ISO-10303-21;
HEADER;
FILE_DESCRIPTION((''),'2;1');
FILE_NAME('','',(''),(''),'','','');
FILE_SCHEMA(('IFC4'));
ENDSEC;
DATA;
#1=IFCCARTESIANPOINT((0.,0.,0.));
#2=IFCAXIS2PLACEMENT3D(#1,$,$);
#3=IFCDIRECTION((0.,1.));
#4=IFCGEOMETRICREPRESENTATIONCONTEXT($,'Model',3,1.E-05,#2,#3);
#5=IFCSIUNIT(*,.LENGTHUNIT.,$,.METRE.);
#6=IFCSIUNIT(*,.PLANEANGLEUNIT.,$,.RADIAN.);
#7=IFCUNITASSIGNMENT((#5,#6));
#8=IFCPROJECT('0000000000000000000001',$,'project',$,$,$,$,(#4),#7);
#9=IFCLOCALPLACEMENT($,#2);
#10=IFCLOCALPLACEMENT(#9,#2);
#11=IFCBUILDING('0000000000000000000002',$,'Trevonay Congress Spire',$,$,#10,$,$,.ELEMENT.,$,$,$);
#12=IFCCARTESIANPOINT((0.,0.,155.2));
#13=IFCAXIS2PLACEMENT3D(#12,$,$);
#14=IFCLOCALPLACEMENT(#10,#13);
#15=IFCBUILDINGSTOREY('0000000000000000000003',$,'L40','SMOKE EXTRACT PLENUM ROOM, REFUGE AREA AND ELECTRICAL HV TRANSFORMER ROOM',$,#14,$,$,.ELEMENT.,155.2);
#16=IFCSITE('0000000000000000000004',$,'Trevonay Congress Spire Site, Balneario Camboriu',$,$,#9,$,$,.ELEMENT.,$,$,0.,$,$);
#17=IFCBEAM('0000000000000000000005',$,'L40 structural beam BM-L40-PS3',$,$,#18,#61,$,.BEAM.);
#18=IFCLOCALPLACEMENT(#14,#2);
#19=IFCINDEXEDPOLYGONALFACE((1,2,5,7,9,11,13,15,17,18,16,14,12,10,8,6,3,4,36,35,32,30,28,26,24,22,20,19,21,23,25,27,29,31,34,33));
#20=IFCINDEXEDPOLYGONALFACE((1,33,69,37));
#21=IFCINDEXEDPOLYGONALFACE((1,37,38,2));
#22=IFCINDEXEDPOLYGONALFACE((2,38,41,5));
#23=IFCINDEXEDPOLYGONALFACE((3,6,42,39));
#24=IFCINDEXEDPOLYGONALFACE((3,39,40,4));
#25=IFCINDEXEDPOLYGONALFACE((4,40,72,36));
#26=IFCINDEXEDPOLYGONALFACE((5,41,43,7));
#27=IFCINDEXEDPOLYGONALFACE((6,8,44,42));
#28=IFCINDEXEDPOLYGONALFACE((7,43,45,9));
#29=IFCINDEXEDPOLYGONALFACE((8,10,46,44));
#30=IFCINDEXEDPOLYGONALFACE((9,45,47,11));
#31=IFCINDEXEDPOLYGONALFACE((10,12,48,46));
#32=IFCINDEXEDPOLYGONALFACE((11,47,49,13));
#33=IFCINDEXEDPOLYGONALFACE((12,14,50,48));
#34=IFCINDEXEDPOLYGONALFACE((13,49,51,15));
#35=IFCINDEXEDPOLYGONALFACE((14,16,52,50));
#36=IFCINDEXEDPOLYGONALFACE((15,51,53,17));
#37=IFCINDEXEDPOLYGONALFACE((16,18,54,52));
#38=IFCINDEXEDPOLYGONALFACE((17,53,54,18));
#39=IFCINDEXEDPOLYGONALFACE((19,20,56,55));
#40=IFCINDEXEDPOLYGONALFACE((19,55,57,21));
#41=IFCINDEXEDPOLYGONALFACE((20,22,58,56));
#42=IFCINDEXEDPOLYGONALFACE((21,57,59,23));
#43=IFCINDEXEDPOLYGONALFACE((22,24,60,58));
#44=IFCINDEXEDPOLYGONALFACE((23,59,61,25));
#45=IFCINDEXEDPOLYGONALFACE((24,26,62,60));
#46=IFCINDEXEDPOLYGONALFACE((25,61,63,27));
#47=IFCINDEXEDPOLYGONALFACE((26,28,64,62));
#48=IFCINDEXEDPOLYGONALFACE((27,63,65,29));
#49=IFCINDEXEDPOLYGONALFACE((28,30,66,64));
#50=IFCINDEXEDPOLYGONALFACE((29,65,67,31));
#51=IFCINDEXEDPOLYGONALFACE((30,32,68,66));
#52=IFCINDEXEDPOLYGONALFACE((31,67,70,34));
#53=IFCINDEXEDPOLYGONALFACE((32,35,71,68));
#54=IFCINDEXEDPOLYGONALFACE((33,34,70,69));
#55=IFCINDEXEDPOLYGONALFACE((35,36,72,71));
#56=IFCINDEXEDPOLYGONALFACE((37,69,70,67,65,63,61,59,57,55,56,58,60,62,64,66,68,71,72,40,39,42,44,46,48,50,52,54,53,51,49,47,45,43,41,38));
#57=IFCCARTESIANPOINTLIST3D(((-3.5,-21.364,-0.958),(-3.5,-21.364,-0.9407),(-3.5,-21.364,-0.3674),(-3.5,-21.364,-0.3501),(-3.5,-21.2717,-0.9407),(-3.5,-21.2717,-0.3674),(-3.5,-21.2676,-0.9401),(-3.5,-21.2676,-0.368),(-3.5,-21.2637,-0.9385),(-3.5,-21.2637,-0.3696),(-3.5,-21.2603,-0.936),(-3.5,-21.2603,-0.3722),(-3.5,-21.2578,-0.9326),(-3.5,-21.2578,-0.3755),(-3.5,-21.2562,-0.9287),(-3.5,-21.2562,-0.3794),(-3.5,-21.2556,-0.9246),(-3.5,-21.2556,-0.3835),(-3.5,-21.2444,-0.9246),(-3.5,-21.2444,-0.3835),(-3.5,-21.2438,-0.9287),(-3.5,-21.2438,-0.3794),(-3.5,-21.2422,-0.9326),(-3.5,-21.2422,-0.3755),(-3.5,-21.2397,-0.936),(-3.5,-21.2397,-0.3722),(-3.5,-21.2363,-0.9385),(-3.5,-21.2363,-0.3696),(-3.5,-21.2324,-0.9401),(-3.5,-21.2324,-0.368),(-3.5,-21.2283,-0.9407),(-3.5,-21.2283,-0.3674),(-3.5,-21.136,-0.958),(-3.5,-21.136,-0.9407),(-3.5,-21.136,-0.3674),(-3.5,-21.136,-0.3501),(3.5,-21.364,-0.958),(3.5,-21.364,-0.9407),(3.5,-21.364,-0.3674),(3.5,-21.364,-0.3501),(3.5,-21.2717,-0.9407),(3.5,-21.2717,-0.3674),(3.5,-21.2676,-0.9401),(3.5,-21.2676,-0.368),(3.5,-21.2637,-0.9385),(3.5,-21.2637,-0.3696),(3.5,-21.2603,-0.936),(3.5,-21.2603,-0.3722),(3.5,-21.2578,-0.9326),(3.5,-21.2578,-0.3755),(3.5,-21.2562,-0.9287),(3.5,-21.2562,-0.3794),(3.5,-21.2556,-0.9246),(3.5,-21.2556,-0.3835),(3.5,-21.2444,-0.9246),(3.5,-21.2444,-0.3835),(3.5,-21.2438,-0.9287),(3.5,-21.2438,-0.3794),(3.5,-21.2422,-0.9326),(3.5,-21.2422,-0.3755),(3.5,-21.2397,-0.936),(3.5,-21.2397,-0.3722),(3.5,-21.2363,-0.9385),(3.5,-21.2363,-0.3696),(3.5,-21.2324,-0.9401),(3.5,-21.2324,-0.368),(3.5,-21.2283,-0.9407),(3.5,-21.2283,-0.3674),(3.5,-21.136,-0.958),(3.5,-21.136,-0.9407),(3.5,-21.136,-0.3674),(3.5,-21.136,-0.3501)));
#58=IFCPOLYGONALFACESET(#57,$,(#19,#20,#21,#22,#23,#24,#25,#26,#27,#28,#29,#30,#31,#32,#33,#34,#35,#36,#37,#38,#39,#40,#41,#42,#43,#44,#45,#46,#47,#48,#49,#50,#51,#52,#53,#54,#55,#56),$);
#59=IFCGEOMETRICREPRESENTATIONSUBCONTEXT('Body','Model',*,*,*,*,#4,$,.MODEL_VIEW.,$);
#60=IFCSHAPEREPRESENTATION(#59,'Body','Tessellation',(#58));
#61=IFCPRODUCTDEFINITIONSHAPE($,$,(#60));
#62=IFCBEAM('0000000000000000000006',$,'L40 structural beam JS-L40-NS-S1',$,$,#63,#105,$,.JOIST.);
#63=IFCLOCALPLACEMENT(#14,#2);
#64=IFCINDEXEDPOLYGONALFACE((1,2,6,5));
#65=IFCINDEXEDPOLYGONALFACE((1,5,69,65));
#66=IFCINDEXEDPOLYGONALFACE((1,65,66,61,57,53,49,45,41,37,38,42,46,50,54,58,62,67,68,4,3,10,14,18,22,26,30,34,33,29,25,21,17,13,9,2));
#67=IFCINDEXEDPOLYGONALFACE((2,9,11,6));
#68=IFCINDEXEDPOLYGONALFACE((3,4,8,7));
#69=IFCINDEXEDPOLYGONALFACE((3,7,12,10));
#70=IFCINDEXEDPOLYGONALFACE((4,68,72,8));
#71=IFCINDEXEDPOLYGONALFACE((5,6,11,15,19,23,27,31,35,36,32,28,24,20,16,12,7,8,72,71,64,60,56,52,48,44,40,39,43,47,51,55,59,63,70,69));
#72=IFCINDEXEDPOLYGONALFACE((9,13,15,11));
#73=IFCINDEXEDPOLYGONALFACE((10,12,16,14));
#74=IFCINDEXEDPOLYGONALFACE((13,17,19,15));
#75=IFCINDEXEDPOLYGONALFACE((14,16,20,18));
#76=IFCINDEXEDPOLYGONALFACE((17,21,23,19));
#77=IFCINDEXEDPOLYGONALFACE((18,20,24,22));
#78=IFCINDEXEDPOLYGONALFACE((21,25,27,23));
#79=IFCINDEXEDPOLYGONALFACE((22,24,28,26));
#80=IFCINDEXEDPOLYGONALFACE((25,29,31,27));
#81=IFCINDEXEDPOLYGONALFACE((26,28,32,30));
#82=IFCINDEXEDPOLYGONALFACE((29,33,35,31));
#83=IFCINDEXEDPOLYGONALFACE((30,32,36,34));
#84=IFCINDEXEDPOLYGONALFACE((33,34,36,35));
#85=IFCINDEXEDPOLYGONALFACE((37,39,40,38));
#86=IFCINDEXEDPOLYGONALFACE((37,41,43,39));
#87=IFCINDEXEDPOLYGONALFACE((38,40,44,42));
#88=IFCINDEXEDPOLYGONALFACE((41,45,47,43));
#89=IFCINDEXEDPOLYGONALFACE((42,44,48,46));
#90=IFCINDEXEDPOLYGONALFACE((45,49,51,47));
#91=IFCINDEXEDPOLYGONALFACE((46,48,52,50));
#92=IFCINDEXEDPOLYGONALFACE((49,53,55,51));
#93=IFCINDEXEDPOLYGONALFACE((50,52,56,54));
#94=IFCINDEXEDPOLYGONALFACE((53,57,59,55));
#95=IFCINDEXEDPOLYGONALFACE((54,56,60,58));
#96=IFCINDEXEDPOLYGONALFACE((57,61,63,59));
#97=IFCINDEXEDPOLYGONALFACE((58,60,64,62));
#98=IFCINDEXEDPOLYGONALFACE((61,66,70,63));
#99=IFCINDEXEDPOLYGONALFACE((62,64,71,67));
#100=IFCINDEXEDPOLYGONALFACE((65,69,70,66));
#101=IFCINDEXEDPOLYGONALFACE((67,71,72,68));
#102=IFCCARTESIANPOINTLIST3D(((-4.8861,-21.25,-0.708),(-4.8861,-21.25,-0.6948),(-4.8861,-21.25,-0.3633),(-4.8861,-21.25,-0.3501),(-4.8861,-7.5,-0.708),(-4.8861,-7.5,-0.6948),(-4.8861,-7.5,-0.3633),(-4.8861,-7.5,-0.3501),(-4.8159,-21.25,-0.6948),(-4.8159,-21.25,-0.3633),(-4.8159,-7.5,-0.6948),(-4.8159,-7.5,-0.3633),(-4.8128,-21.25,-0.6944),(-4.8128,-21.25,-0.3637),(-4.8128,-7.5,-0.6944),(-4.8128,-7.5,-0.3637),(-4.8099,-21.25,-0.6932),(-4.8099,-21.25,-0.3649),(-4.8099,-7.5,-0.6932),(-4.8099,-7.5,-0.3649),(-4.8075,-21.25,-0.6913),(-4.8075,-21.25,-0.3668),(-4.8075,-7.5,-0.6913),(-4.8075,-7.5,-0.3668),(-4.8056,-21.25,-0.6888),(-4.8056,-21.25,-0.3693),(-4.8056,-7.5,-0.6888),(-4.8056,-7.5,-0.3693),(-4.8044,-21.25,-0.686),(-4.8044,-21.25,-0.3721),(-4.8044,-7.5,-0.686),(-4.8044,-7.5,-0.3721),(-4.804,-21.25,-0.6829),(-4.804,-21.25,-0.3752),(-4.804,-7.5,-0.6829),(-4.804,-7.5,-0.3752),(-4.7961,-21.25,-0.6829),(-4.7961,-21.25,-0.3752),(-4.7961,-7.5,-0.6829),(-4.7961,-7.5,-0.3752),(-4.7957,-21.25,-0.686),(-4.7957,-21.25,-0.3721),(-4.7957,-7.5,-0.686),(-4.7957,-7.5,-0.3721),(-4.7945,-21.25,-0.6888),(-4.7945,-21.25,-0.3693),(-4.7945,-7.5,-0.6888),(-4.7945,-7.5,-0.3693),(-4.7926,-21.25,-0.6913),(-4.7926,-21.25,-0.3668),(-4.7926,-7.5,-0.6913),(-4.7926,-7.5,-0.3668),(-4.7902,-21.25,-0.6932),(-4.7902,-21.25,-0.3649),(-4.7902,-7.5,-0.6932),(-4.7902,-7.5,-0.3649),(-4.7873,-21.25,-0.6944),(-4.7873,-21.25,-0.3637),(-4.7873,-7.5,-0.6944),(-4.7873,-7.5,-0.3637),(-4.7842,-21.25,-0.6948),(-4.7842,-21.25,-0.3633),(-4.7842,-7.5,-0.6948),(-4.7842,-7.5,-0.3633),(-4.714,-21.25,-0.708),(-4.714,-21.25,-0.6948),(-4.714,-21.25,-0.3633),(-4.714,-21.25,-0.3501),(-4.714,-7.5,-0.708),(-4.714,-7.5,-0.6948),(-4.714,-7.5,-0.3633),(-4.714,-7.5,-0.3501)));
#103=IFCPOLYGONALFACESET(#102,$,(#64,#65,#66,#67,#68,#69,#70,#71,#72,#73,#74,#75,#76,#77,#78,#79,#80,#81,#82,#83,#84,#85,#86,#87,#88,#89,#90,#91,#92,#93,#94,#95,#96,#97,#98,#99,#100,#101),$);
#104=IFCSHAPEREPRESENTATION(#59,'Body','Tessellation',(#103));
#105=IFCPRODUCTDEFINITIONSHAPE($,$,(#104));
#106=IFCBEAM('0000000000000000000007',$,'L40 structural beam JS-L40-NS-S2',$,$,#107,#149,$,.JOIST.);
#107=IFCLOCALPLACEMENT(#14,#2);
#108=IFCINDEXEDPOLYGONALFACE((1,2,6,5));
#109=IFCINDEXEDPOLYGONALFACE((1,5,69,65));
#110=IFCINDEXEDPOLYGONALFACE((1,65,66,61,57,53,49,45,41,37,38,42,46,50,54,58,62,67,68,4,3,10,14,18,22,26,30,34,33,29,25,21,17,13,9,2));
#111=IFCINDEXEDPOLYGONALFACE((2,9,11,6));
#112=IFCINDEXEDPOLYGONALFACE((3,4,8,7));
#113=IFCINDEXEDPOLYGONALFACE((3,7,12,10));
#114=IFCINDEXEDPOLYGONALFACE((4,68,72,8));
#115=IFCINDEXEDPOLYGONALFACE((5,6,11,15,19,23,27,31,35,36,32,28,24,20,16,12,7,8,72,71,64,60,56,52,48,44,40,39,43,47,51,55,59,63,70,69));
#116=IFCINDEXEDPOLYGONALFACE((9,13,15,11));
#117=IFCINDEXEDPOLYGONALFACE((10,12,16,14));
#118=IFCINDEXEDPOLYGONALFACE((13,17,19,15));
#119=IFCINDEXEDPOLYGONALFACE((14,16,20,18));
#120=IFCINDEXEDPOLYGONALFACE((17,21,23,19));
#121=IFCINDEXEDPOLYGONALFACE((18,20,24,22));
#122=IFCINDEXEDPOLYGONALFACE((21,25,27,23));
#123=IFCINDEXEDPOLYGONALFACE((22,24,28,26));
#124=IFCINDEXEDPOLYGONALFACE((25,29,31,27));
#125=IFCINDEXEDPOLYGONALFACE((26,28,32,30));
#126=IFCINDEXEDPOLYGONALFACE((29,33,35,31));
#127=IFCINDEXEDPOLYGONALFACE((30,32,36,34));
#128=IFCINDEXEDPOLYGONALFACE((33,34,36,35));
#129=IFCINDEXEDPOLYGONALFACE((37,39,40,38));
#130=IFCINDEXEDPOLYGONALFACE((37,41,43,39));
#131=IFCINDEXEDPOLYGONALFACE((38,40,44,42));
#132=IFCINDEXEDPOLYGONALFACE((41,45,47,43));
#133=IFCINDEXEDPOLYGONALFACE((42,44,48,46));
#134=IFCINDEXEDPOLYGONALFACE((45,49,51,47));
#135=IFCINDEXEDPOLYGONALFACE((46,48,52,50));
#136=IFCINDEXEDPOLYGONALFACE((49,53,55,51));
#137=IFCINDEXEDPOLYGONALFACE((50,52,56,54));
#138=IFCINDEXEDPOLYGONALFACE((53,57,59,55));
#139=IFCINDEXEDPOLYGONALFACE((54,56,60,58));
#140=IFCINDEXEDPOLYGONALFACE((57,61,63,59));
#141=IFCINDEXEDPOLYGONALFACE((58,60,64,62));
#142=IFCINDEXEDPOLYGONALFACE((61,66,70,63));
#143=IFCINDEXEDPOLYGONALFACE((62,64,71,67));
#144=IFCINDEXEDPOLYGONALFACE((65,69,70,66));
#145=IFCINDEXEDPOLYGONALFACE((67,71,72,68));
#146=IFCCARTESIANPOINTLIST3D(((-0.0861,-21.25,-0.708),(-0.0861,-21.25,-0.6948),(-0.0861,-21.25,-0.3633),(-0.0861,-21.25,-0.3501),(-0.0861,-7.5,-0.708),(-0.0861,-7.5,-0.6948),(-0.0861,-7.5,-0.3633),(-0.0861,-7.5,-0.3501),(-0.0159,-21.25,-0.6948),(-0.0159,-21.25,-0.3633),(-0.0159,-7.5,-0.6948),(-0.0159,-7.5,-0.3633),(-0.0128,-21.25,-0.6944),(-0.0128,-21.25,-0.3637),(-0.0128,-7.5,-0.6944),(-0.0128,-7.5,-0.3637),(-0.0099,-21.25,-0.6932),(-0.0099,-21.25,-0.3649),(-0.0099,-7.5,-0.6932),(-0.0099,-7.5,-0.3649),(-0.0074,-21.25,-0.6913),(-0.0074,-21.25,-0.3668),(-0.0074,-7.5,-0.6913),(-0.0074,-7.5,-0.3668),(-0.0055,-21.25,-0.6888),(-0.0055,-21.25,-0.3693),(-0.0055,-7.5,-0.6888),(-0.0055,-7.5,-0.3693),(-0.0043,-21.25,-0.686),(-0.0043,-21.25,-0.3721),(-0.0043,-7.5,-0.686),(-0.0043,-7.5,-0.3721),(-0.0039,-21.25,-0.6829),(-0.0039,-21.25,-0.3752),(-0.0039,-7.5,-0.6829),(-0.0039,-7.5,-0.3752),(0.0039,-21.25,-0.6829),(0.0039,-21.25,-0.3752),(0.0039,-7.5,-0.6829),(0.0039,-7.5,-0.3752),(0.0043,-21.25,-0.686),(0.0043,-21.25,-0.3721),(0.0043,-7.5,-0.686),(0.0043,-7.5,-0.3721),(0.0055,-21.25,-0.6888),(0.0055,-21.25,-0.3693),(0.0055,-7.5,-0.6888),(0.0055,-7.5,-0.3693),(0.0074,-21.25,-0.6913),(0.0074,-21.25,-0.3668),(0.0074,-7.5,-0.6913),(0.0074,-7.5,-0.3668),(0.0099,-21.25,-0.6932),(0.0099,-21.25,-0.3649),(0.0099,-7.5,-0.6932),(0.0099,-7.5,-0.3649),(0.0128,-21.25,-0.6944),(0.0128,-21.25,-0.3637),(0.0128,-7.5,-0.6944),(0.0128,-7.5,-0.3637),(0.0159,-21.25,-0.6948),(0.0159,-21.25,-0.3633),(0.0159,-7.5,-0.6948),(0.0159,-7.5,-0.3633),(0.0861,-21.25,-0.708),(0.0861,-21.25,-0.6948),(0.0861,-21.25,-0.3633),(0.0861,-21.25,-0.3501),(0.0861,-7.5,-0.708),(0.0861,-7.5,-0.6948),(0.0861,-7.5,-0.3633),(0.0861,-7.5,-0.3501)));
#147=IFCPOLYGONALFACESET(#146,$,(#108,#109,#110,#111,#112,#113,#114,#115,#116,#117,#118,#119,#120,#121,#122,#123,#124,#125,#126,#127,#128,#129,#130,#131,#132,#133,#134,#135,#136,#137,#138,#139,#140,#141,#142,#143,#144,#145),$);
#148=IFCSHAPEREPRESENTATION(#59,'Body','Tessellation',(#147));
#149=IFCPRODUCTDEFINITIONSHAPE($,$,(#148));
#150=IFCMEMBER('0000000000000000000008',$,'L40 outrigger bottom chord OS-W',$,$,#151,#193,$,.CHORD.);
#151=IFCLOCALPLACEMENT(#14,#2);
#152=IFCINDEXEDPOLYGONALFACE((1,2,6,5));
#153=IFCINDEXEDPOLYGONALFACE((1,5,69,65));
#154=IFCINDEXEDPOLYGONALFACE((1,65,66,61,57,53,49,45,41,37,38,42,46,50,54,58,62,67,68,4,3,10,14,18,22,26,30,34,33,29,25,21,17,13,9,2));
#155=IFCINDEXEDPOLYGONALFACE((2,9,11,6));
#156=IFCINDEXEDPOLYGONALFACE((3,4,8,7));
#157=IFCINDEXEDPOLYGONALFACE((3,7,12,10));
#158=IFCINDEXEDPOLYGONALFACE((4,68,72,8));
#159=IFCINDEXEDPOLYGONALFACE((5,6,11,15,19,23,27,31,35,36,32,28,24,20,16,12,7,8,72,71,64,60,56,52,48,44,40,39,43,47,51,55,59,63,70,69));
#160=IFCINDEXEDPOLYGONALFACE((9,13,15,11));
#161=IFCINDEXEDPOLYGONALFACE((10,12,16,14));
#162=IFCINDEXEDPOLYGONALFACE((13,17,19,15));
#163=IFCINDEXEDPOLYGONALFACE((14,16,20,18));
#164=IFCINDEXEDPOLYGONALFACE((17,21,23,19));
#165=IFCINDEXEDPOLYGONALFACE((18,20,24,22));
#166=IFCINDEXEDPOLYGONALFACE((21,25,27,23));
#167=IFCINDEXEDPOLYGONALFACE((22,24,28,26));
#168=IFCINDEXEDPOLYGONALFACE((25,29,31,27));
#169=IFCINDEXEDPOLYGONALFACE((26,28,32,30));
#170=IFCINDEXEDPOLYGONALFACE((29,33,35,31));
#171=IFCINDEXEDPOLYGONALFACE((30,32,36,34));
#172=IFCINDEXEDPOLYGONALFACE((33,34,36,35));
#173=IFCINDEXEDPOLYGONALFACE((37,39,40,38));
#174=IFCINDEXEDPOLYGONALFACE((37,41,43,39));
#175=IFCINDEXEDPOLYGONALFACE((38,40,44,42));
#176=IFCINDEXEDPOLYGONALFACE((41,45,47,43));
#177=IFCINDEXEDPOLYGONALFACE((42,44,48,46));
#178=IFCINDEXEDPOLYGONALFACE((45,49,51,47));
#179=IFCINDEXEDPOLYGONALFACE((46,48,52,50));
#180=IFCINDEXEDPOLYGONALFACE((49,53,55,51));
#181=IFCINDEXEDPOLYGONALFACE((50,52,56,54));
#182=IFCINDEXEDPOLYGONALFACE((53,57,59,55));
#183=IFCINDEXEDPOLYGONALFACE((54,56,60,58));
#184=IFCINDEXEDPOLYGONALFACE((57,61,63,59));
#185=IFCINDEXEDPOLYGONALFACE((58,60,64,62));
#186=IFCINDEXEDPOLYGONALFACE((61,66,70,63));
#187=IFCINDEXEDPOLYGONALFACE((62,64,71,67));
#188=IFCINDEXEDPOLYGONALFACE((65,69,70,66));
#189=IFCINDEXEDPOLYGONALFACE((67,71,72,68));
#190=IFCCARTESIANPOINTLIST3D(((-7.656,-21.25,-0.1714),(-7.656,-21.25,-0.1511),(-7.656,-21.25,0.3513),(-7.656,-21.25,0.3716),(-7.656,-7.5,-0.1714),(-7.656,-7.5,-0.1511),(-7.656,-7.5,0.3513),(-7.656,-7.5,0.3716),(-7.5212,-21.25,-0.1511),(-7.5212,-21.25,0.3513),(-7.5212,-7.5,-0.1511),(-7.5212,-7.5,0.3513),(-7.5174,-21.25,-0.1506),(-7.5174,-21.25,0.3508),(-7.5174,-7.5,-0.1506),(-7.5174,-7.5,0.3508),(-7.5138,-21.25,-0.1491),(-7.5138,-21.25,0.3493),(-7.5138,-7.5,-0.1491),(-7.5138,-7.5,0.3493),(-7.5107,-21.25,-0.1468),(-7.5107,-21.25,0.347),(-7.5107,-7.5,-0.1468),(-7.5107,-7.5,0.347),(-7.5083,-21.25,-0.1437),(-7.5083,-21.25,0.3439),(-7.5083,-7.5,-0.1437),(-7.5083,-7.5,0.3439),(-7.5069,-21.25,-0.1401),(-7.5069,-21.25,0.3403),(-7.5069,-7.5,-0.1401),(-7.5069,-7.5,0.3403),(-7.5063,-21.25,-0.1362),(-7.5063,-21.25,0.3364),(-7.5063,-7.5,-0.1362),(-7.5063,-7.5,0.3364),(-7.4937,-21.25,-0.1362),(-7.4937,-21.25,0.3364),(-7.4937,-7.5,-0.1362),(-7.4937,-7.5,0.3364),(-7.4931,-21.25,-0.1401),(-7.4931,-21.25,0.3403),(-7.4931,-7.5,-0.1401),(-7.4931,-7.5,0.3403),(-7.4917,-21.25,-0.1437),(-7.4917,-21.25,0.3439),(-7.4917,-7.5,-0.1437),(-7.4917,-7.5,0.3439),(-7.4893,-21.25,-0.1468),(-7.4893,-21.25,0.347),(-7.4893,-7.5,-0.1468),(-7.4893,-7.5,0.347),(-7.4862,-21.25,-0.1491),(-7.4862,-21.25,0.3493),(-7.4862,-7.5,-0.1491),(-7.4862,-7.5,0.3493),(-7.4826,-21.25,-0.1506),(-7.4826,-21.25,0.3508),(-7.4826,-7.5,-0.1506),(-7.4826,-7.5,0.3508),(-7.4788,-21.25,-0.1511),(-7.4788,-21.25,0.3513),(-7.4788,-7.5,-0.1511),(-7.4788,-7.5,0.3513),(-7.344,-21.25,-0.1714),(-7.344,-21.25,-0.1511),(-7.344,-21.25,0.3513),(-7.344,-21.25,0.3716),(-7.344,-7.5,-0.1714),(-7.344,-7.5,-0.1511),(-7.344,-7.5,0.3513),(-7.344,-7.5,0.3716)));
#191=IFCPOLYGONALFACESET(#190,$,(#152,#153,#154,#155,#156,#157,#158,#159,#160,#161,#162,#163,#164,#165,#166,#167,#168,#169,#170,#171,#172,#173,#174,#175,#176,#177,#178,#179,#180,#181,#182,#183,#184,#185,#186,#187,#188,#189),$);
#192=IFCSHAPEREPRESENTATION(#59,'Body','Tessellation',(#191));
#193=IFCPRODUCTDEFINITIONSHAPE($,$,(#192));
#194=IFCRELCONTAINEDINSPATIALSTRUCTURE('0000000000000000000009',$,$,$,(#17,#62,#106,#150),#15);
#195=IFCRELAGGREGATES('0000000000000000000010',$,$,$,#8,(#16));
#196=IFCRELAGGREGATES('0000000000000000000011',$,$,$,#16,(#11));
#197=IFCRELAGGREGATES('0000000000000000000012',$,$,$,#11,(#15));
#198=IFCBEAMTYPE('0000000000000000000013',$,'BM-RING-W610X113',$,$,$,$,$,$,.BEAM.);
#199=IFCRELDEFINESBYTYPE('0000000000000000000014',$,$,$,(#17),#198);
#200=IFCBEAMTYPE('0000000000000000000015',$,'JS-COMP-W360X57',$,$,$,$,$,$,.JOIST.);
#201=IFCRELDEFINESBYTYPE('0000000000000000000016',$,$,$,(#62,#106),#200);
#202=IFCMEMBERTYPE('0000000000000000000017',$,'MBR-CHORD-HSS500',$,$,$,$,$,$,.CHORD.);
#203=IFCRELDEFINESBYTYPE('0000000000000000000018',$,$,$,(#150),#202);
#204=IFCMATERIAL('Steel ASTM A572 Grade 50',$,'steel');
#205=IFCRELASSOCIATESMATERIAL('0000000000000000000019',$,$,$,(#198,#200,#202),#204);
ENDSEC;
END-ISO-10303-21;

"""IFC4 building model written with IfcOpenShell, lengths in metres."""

from ifc_helpers import new_model, si_unit, direction, frame, origin, origin_2d, place, context, subcontext, project, spatial, i_section, extrude, material, material_profile, profile_set, type_object, element, save


model = new_model("IFC4")

# Units and contexts
model_context = context("Model", 3, precision=1e-05, world=origin(), true_north=direction((0.0, 1.0)))
body_context = subcontext(model_context, "Body", "Model", "MODEL_VIEW")
ifc_project = project(units=[si_unit("LENGTHUNIT", "METRE"), si_unit("PLANEANGLEUNIT", "RADIAN")], contexts=[model_context])

# Site, building, storey
site_placement = place(None, origin())
site = spatial("IfcSite", under=ifc_project, at=site_placement, Name="Trevonay Congress Spire Site, Balneario Camboriu", CompositionType="ELEMENT", RefElevation=0.0)
building_placement = place(site_placement, origin())
building = spatial("IfcBuilding", under=site, at=building_placement, Name="Trevonay Congress Spire", CompositionType="ELEMENT")
storey_placement = place(building_placement, frame((0.0, 0.0, 155.2)))
storey = spatial("IfcBuildingStorey", under=building, at=storey_placement, Name="L40", Description="SMOKE EXTRACT PLENUM ROOM, REFUGE AREA AND ELECTRICAL HV TRANSFORMER ROOM", CompositionType="ELEMENT", Elevation=155.2)

# Shared definitions
ifc_material_1 = material(Name="Steel ASTM A572 Grade 50", Category="steel")

# Beams
ifc_material_profile_1 = material_profile(ifc_material_1, i_section(OverallWidth=0.228, OverallDepth=0.6079, WebThickness=0.0112, FlangeThickness=0.0173, FilletRadius=0.0161, at=origin_2d()), Name="W610x113")
ifc_profile_set_1 = profile_set([ifc_material_profile_1], Name="Steel ASTM A572 Grade 50")
beam_type_1 = type_object("IfcBeamType", Name="BM-RING-W610X113", PredefinedType="BEAM", material=ifc_profile_set_1)
beam_1_placement = place(storey_placement, frame((-3.5, -21.25, -0.6541), z_axis=(1.0, 0.0, 0.0), x_axis=(0.0, 1.0, 0.0)))
element("IfcBeam", 1, at=beam_1_placement, inside=storey, type_object=beam_type_1, Name="L40 structural beam BM-L40-PS3", PredefinedType="BEAM", context=body_context, shape_type="SweptSolid", body=[
    extrude(i_section(OverallWidth=0.228, OverallDepth=0.6079, WebThickness=0.0112, FlangeThickness=0.0173, FilletRadius=0.0161, at=origin_2d()), origin(), (0.0, 0.0, 1.0), 7.0),
])
ifc_material_profile_2 = material_profile(ifc_material_1, i_section(OverallWidth=0.1721, OverallDepth=0.3579, WebThickness=0.0078, FlangeThickness=0.0132, FilletRadius=0.012, at=origin_2d()), Name="W360x57.8")
ifc_profile_set_2 = profile_set([ifc_material_profile_2], Name="Steel ASTM A572 Grade 50")
beam_type_2 = type_object("IfcBeamType", Name="JS-COMP-W360X57", PredefinedType="JOIST", material=ifc_profile_set_2)
for number, where, z_axis, x_axis, name in (
    (2, (-4.8, -21.25, -0.5291), (0.0, 1.0, 0.0), (-1.0, 0.0, 0.0), "L40 structural beam JS-L40-NS-S1"),
    (3, (0.0, -21.25, -0.5291), (0.0, 1.0, 0.0), (-1.0, 0.0, 0.0), "L40 structural beam JS-L40-NS-S2"),
):
    element("IfcBeam", number, at=place(storey_placement, frame(where, z_axis=z_axis, x_axis=x_axis)), inside=storey, type_object=beam_type_2, Name=name, PredefinedType="JOIST", context=body_context, shape_type="SweptSolid", body=[
        extrude(i_section(OverallWidth=0.1721, OverallDepth=0.3579, WebThickness=0.0078, FlangeThickness=0.0132, FilletRadius=0.012, at=origin_2d()), origin(), (0.0, 0.0, 1.0), 13.75),
    ])

# Member
ifc_material_profile_3 = material_profile(ifc_material_1, i_section(OverallWidth=0.312, OverallDepth=0.543, WebThickness=0.0127, FlangeThickness=0.0203, FilletRadius=0.0149, at=origin_2d()), Name="W530x150")
ifc_profile_set_3 = profile_set([ifc_material_profile_3], Name="Steel ASTM A572 Grade 50")
member_type_1 = type_object("IfcMemberType", Name="MBR-CHORD-HSS500", PredefinedType="CHORD", material=ifc_profile_set_3)
member_1_placement = place(storey_placement, frame((-7.5, -7.5, 0.1001), z_axis=(0.0, -1.0, 0.0), x_axis=(1.0, 0.0, 0.0)))
element("IfcMember", 4, at=member_1_placement, inside=storey, type_object=member_type_1, Name="L40 outrigger bottom chord OS-W", PredefinedType="CHORD", context=body_context, shape_type="SweptSolid", body=[
    extrude(i_section(OverallWidth=0.312, OverallDepth=0.543, WebThickness=0.0127, FlangeThickness=0.0203, FilletRadius=0.0149, at=origin_2d()), origin(), (0.0, 0.0, 1.0), 13.75),
])

save(model, "model.ifc")
